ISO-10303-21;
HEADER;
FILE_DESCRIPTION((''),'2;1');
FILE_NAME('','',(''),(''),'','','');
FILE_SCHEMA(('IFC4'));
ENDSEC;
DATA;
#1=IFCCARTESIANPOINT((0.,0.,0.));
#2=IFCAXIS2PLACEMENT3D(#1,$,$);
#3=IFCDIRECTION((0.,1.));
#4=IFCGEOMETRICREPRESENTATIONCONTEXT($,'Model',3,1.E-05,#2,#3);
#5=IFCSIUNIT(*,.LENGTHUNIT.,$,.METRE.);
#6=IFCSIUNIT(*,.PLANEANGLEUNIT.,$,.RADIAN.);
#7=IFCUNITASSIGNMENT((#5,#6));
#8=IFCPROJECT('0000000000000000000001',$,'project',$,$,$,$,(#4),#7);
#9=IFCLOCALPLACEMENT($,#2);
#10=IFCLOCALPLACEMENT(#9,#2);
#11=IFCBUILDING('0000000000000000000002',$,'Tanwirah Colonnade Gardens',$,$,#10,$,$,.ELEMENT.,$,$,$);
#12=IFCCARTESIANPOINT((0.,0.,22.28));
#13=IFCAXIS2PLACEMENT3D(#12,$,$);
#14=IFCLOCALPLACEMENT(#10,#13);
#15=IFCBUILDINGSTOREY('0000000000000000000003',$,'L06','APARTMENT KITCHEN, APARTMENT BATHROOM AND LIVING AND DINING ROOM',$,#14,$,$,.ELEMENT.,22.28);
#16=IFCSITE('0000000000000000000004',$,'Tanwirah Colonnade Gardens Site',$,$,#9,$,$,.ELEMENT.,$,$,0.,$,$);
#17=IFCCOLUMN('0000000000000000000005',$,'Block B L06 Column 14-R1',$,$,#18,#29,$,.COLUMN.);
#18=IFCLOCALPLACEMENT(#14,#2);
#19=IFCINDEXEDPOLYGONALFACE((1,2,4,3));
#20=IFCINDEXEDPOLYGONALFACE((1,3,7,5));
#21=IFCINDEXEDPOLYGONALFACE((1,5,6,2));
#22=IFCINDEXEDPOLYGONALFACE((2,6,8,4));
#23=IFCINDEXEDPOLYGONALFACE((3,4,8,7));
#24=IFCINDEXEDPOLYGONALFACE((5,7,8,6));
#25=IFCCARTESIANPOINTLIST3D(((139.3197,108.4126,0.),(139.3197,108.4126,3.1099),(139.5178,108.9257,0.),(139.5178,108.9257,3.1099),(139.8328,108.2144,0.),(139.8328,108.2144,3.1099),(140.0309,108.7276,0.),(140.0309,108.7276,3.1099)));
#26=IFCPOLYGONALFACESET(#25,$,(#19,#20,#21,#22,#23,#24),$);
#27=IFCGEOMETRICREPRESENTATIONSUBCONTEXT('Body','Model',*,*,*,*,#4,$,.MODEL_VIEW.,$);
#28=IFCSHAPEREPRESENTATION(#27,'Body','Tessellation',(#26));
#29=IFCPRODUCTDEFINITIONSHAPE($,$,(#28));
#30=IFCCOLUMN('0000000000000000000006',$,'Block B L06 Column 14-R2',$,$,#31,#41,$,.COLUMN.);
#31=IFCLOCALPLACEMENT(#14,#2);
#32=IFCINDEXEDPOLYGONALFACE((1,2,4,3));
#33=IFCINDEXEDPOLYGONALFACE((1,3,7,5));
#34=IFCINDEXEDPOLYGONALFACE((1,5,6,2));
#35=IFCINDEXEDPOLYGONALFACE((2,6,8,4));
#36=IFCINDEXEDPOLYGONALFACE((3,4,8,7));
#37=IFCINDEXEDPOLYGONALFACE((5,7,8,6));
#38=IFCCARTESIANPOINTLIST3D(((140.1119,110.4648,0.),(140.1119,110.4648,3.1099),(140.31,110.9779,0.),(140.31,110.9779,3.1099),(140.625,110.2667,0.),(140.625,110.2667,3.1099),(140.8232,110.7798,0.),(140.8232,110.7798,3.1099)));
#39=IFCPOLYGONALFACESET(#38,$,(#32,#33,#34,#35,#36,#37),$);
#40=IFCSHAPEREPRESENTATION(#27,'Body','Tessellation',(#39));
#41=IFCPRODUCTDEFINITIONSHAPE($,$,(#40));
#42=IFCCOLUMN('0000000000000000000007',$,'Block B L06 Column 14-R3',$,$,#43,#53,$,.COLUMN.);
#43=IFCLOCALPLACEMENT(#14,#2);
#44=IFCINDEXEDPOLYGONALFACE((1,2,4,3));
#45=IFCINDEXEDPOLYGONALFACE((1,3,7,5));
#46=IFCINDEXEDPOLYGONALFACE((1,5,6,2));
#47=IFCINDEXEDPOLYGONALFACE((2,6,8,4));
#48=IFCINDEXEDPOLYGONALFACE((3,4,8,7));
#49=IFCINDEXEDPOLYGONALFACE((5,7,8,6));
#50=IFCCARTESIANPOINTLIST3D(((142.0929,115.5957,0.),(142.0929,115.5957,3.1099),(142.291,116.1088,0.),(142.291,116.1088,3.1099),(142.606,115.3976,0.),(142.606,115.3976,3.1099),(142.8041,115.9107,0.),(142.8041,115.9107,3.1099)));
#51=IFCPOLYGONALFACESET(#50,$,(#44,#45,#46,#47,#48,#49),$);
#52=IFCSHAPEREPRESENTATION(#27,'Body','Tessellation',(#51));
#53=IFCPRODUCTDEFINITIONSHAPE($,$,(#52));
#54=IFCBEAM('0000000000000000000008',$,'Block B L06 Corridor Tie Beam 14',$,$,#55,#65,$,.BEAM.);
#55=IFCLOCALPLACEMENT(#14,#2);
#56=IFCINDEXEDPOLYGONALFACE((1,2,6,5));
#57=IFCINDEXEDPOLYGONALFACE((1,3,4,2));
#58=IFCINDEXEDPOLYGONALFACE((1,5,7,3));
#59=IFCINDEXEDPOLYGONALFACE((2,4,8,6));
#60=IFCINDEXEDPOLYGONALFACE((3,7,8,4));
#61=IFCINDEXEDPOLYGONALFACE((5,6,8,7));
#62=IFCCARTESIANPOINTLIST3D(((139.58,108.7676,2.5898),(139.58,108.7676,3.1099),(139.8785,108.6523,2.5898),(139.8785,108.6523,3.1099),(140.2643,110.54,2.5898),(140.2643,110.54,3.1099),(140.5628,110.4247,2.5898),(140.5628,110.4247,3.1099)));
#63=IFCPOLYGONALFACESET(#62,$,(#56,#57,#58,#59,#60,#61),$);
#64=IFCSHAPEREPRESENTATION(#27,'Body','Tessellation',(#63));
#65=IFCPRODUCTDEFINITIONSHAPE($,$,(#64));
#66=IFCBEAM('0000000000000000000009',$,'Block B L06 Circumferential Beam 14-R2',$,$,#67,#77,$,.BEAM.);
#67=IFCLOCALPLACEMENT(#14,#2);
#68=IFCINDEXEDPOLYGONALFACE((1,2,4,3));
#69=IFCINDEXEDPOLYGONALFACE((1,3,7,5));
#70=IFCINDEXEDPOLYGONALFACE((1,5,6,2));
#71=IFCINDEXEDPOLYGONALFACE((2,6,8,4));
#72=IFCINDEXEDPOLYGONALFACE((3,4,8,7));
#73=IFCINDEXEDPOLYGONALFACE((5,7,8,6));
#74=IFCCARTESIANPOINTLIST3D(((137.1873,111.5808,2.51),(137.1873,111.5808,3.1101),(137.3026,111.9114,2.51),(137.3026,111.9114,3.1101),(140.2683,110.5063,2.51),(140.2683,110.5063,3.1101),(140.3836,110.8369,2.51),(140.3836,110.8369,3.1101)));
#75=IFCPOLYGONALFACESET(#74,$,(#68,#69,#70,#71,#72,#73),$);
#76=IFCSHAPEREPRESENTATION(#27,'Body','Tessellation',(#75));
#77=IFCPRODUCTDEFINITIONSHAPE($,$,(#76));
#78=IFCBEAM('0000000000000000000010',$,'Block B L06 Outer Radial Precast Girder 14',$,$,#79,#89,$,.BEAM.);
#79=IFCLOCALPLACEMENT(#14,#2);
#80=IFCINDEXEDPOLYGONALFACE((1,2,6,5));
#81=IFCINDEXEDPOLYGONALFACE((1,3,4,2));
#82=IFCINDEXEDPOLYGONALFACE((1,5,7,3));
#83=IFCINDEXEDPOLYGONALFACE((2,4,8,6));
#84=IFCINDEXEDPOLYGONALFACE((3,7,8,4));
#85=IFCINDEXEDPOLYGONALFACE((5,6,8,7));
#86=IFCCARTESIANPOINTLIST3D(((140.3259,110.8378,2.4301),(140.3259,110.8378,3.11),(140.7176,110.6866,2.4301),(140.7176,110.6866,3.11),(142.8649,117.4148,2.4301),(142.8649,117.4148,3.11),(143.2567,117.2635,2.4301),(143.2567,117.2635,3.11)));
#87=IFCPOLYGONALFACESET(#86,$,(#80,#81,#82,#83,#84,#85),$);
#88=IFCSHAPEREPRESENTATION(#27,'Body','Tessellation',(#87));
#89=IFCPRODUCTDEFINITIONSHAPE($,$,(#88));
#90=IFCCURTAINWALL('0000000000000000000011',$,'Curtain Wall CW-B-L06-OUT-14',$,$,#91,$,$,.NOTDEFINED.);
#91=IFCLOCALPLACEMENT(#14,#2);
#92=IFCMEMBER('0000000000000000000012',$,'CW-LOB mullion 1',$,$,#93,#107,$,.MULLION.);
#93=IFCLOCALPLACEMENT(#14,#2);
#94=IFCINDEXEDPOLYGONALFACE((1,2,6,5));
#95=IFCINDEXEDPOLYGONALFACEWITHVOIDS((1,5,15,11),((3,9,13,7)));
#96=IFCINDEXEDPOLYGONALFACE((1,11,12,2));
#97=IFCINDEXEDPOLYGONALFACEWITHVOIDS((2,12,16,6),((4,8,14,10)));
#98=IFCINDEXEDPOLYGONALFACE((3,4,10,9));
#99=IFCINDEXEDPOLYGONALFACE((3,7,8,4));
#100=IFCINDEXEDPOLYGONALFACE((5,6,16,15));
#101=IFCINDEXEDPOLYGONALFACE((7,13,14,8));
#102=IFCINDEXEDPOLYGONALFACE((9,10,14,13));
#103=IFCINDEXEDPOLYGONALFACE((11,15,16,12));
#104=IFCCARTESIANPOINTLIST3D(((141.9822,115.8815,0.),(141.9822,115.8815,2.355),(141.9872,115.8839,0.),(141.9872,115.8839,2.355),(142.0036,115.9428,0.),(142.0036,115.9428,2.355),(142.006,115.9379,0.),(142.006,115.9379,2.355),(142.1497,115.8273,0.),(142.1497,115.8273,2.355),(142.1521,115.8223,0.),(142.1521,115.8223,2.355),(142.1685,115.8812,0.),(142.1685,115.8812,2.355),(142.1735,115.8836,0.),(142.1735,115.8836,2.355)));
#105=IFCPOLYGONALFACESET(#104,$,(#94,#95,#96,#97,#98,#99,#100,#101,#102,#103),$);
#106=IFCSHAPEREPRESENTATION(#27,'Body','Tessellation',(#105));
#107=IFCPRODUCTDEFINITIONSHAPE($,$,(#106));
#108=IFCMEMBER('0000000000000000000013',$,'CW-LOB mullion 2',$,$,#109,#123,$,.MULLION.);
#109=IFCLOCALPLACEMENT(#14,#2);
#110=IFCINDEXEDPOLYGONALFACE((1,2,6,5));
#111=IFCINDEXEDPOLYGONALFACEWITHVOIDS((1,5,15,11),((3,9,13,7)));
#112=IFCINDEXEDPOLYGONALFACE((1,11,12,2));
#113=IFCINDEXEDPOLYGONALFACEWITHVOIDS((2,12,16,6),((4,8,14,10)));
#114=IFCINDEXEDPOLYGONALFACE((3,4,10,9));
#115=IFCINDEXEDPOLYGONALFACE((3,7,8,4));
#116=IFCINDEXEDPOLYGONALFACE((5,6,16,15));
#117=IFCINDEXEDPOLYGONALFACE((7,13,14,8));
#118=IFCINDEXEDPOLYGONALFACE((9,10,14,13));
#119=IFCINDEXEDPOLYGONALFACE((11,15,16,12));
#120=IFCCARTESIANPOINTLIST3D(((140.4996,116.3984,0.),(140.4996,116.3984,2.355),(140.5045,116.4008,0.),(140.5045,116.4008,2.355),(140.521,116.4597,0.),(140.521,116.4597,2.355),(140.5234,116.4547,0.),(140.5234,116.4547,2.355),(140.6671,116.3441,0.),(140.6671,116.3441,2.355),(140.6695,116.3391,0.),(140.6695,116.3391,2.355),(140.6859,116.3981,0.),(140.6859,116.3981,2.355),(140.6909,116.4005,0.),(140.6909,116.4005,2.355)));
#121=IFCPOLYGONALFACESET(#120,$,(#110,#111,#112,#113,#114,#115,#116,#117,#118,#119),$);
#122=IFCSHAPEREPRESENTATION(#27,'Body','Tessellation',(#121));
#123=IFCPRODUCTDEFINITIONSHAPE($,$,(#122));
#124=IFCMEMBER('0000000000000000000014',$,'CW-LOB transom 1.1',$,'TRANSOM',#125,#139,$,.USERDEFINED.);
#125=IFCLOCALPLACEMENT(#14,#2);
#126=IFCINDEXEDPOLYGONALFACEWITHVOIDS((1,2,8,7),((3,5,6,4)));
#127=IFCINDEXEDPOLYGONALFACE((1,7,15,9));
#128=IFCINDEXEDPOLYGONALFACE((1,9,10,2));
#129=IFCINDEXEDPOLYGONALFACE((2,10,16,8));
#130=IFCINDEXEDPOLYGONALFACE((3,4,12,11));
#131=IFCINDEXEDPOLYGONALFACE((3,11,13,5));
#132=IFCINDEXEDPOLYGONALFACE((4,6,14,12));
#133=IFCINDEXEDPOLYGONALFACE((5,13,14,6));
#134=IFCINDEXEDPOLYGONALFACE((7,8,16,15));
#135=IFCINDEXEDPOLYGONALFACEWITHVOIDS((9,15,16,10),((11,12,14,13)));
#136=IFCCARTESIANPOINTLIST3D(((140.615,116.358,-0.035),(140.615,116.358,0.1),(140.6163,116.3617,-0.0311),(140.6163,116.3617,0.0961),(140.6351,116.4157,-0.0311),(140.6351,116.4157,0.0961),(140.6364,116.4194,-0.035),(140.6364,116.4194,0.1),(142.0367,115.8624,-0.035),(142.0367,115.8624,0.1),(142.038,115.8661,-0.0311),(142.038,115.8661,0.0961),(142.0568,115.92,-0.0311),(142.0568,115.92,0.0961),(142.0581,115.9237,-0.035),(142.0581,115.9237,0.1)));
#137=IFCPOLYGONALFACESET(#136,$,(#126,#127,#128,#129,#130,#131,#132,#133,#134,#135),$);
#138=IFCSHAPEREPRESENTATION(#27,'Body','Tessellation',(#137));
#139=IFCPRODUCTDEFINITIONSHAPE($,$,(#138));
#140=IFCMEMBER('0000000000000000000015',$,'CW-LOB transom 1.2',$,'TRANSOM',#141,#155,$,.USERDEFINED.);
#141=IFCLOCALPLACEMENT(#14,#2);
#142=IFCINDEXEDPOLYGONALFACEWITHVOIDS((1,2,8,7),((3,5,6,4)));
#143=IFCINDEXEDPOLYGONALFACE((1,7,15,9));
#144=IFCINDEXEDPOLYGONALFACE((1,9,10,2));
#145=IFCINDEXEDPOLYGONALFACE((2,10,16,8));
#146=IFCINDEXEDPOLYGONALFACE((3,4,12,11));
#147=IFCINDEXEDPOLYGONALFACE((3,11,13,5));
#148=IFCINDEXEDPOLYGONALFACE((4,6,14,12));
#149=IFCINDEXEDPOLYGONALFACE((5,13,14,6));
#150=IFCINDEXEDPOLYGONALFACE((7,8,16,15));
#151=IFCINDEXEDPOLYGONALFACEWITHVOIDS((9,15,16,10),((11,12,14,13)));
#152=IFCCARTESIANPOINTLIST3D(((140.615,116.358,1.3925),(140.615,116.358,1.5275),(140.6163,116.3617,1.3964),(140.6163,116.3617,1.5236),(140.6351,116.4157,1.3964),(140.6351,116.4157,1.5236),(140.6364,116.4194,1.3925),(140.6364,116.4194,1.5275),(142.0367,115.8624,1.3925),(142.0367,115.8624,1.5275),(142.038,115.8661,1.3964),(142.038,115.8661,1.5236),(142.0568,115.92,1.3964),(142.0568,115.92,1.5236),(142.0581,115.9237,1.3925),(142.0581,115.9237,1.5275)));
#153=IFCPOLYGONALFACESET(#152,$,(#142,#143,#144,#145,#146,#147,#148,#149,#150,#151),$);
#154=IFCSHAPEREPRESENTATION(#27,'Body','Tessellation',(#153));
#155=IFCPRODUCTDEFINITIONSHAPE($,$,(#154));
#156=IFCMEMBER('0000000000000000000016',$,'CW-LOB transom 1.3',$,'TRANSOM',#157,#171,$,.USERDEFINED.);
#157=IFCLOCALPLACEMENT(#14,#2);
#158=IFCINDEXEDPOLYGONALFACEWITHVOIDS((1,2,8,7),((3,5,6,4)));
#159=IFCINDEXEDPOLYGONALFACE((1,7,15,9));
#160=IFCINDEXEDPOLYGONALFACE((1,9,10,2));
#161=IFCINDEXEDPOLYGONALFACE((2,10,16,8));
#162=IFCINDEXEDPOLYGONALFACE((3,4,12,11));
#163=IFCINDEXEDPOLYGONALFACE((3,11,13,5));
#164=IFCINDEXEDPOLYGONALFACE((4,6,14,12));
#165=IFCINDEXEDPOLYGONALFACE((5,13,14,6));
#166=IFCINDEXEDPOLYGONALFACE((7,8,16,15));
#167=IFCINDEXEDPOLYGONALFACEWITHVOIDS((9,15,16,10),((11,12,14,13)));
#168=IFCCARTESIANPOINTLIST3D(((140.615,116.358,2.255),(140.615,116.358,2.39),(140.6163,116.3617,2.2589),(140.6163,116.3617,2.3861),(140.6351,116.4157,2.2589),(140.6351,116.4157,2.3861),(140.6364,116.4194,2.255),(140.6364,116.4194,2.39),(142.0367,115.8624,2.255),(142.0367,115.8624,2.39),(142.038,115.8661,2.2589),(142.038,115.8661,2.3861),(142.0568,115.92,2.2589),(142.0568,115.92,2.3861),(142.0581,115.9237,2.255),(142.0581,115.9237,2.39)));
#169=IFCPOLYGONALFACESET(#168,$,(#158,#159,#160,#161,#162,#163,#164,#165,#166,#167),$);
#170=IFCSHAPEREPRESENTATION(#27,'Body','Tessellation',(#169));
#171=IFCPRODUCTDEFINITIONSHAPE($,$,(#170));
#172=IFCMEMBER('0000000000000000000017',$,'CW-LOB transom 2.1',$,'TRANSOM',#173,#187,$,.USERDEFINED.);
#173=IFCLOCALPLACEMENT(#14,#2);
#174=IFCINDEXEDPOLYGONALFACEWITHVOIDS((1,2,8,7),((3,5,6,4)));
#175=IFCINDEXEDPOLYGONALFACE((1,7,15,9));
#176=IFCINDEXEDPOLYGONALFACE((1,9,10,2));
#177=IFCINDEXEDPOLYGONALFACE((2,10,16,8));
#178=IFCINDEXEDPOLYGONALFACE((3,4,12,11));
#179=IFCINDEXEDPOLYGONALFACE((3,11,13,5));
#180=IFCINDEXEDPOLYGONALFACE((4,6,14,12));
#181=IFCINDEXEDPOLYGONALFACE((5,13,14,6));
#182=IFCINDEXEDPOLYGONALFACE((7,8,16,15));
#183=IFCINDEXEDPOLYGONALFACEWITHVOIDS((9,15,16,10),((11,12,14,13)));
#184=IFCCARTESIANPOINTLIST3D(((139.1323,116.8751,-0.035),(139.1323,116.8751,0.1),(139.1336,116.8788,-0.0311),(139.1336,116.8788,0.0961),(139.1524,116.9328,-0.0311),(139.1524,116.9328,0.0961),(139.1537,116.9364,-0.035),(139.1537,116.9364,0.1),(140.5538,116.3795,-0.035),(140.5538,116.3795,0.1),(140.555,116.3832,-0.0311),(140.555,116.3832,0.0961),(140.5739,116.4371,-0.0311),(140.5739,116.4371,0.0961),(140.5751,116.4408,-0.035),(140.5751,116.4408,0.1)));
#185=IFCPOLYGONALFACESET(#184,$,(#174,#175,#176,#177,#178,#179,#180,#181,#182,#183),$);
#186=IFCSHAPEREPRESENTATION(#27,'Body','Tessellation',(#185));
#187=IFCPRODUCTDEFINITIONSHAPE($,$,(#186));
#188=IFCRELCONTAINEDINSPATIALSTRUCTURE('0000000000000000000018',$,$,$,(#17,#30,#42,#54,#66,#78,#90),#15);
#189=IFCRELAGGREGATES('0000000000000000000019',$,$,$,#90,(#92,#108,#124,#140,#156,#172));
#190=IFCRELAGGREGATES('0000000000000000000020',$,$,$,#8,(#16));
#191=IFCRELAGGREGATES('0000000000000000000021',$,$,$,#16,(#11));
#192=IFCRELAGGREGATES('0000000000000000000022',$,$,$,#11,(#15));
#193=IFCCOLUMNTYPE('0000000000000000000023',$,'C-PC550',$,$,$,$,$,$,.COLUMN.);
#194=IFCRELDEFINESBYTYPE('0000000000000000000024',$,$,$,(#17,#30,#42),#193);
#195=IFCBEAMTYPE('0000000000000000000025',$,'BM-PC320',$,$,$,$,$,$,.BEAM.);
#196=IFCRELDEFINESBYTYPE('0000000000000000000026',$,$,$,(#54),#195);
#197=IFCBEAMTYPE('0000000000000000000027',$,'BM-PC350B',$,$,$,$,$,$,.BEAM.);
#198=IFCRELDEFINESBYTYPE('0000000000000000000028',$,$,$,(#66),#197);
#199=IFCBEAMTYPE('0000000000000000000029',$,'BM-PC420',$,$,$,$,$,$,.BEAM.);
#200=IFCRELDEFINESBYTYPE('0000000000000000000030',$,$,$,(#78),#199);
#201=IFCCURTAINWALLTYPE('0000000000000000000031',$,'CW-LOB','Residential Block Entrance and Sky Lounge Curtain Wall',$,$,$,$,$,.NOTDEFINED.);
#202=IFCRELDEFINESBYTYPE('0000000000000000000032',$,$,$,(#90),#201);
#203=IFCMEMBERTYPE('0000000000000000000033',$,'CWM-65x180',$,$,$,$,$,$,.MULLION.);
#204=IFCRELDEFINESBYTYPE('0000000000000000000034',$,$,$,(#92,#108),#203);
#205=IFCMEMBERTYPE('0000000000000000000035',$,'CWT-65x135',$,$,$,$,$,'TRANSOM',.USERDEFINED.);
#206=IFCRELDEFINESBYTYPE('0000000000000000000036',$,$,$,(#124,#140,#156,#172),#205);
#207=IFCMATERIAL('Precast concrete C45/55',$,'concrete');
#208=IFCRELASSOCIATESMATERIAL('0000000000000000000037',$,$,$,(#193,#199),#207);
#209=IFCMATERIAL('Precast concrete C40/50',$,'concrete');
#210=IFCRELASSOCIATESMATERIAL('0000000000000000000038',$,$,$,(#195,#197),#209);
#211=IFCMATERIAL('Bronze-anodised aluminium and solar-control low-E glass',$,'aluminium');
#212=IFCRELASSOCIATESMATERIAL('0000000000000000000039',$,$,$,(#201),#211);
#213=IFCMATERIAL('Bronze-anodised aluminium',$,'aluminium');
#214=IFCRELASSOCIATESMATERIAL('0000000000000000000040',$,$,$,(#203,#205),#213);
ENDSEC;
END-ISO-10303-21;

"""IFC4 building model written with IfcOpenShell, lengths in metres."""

from ifc_helpers import new_model, si_unit, direction, frame, origin, origin_2d, place, context, subcontext, project, spatial, rectangle, hollow_rectangle, extrude, material, material_profile, profile_set, type_object, element, aggregate, save


model = new_model("IFC4")

# Units and contexts
model_context = context("Model", 3, precision=1e-05, world=origin(), true_north=direction((0.0, 1.0)))
body_context = subcontext(model_context, "Body", "Model", "MODEL_VIEW")
ifc_project = project(units=[si_unit("LENGTHUNIT", "METRE"), si_unit("PLANEANGLEUNIT", "RADIAN")], contexts=[model_context])

# Site, building, storey
site_placement = place(None, origin())
site = spatial("IfcSite", under=ifc_project, at=site_placement, Name="Tanwirah Colonnade Gardens Site", CompositionType="ELEMENT", RefElevation=0.0)
building_placement = place(site_placement, origin())
building = spatial("IfcBuilding", under=site, at=building_placement, Name="Tanwirah Colonnade Gardens", CompositionType="ELEMENT")
storey_placement = place(building_placement, frame((0.0, 0.0, 22.28)))
storey = spatial("IfcBuildingStorey", under=building, at=storey_placement, Name="L06", Description="APARTMENT KITCHEN, APARTMENT BATHROOM AND LIVING AND DINING ROOM", CompositionType="ELEMENT", Elevation=22.28)

# Columns
ifc_material_1 = material(Name="Precast concrete C45/55", Category="concrete")
ifc_material_profile_1 = material_profile(ifc_material_1, rectangle(XDim=0.55, YDim=0.55, at=origin_2d()), Name="PC-COL 550x550")
ifc_profile_set_1 = profile_set([ifc_material_profile_1], Name="Precast concrete C45/55")
column_type = type_object("IfcColumnType", Name="C-PC550", PredefinedType="COLUMN", material=ifc_profile_set_1)
for number, where, z_axis, x_axis, name in (
    (1, (139.6753, 108.5701, 0.0), (0.0, 0.0, 1.0), (0.360178, 0.932884, 0.0), "Block B L06 Column 14-R1"),
    (2, (140.4675, 110.6223, 0.0), (0.0, 0.0, 1.0), (0.360178, 0.932884, 0.0), "Block B L06 Column 14-R2"),
    (3, (142.4485, 115.7532, 0.0), (0.0, 0.0, 1.0), (0.360178, 0.932884, 0.0), "Block B L06 Column 14-R3"),
):
    element("IfcColumn", number, at=place(storey_placement, frame(where, z_axis=z_axis, x_axis=x_axis)), inside=storey, type_object=column_type, Name=name, PredefinedType="COLUMN", context=body_context, shape_type="SweptSolid", body=[
        extrude(rectangle(XDim=0.55, YDim=0.55, at=origin_2d()), origin(), (0.0, 0.0, 1.0), 3.1099),
    ])

# Beams
ifc_material_2 = material(Name="Precast concrete C40/50", Category="concrete")
ifc_material_profile_2 = material_profile(ifc_material_2, rectangle(XDim=0.3201, YDim=0.52, at=origin_2d()), Name="PC-BM 320x520")
ifc_profile_set_2 = profile_set([ifc_material_profile_2], Name="Precast concrete C40/50")
beam_type_1 = type_object("IfcBeamType", Name="BM-PC320", PredefinedType="BEAM", material=ifc_profile_set_2)
beam_1_placement = place(storey_placement, frame((139.7292, 108.71, 2.8499), z_axis=(0.360176, 0.932885, 0.0), x_axis=(-0.932885, 0.360176, 0.0)))
element("IfcBeam", 4, at=beam_1_placement, inside=storey, type_object=beam_type_1, Name="Block B L06 Corridor Tie Beam 14", PredefinedType="BEAM", context=body_context, shape_type="SweptSolid", body=[
    extrude(rectangle(XDim=0.3201, YDim=0.52, at=origin_2d()), origin(), (0.0, 0.0, 1.0), 1.8999),
])
ifc_material_profile_3 = material_profile(ifc_material_2, rectangle(XDim=0.3501, YDim=0.6001, at=origin_2d()), Name="PC-BM 350x600")
ifc_profile_set_3 = profile_set([ifc_material_profile_3], Name="Precast concrete C40/50")
beam_type_2 = type_object("IfcBeamType", Name="BM-PC350B", PredefinedType="BEAM", material=ifc_profile_set_3)
beam_2_placement = place(storey_placement, frame((140.3259, 110.6716, 2.8101), z_axis=(-0.944231, 0.329284, 0.0), x_axis=(-0.329284, -0.944231, 0.0)))
element("IfcBeam", 5, at=beam_2_placement, inside=storey, type_object=beam_type_2, Name="Block B L06 Circumferential Beam 14-R2", PredefinedType="BEAM", context=body_context, shape_type="SweptSolid", body=[
    extrude(rectangle(XDim=0.3501, YDim=0.6001, at=origin_2d()), origin(), (0.0, 0.0, 1.0), 3.2629),
])
ifc_material_profile_4 = material_profile(ifc_material_1, rectangle(XDim=0.4199, YDim=0.6799, at=origin_2d()), Name="PC-BM 420x680")
ifc_profile_set_4 = profile_set([ifc_material_profile_4], Name="Precast concrete C45/55")
beam_type_3 = type_object("IfcBeamType", Name="BM-PC420", PredefinedType="BEAM", material=ifc_profile_set_4)
beam_3_placement = place(storey_placement, frame((140.5217, 110.7622, 2.77), z_axis=(0.360151, 0.932894, 0.0), x_axis=(-0.932894, 0.360151, 0.0)))
element("IfcBeam", 6, at=beam_3_placement, inside=storey, type_object=beam_type_3, Name="Block B L06 Outer Radial Precast Girder 14", PredefinedType="BEAM", context=body_context, shape_type="SweptSolid", body=[
    extrude(rectangle(XDim=0.4199, YDim=0.6799, at=origin_2d()), origin(), (0.0, 0.0, 1.0), 7.05),
])

# Curtain wall, members
ifc_material_3 = material(Name="Bronze-anodised aluminium and solar-control low-E glass", Category="aluminium")
curtain_wall_type = type_object("IfcCurtainWallType", Name="CW-LOB", Description="Residential Block Entrance and Sky Lounge Curtain Wall", PredefinedType="NOTDEFINED", material=ifc_material_3)
curtain_wall_placement = place(storey_placement, origin())
curtain_wall = element("IfcCurtainWall", 7, at=curtain_wall_placement, inside=storey, type_object=curtain_wall_type, Name="Curtain Wall CW-B-L06-OUT-14", PredefinedType="NOTDEFINED")
ifc_material_4 = material(Name="Bronze-anodised aluminium", Category="aluminium")
ifc_material_profile_5 = material_profile(ifc_material_4, hollow_rectangle(XDim=0.0649, YDim=0.1799, WallThickness=0.0039, at=origin_2d()), Name="CW-MUL 65x180x4")
ifc_profile_set_5 = profile_set([ifc_material_profile_5], Name="Bronze-anodised aluminium")
member_type_1 = type_object("IfcMemberType", Name="CWM-65x180", PredefinedType="MULLION", material=ifc_profile_set_5)
member_1_placement = place(storey_placement, frame((142.0779, 115.8826, 0.0), z_axis=(0.0, 0.0, 1.0), x_axis=(-0.329232, -0.944249, 0.0)))
member_1 = element("IfcMember", 8, at=member_1_placement, type_object=member_type_1, Name="CW-LOB mullion 1", PredefinedType="MULLION", context=body_context, shape_type="SweptSolid", body=[
    extrude(hollow_rectangle(XDim=0.0649, YDim=0.1799, WallThickness=0.0039, at=origin_2d()), origin(), (0.0, 0.0, 1.0), 2.355),
])
member_2_placement = place(storey_placement, frame((140.5952, 116.3994, 0.0), z_axis=(0.0, 0.0, 1.0), x_axis=(-0.329232, -0.944249, 0.0)))
member_2 = element("IfcMember", 9, at=member_2_placement, type_object=member_type_1, Name="CW-LOB mullion 2", PredefinedType="MULLION", context=body_context, shape_type="SweptSolid", body=[
    extrude(hollow_rectangle(XDim=0.0649, YDim=0.1799, WallThickness=0.0039, at=origin_2d()), origin(), (0.0, 0.0, 1.0), 2.355),
])
ifc_material_profile_6 = material_profile(ifc_material_4, hollow_rectangle(XDim=0.0649, YDim=0.135, WallThickness=0.0039, at=origin_2d()), Name="CW-TRN 65x135x4")
ifc_profile_set_6 = profile_set([ifc_material_profile_6], Name="Bronze-anodised aluminium")
member_type_2 = type_object("IfcMemberType", Name="CWT-65x135", ElementType="TRANSOM", PredefinedType="USERDEFINED", material=ifc_profile_set_6)
member_3_placement = place(storey_placement, frame((142.0474, 115.8931, 0.0325), z_axis=(-0.944265, 0.329187, 0.0), x_axis=(-0.329187, -0.944265, 0.0)))
member_3 = element("IfcMember", 10, at=member_3_placement, type_object=member_type_2, Name="CW-LOB transom 1.1", ObjectType="TRANSOM", PredefinedType="USERDEFINED", context=body_context, shape_type="SweptSolid", body=[
    extrude(hollow_rectangle(XDim=0.0649, YDim=0.135, WallThickness=0.0039, at=origin_2d()), origin(), (0.0, 0.0, 1.0), 1.5056),
])
member_4_placement = place(storey_placement, frame((142.0474, 115.8931, 1.46), z_axis=(-0.944265, 0.329187, 0.0), x_axis=(-0.329187, -0.944265, 0.0)))
member_4 = element("IfcMember", 11, at=member_4_placement, type_object=member_type_2, Name="CW-LOB transom 1.2", ObjectType="TRANSOM", PredefinedType="USERDEFINED", context=body_context, shape_type="SweptSolid", body=[
    extrude(hollow_rectangle(XDim=0.0649, YDim=0.135, WallThickness=0.0039, at=origin_2d()), origin(), (0.0, 0.0, 1.0), 1.5056),
])
member_5_placement = place(storey_placement, frame((142.0474, 115.8931, 2.3225), z_axis=(-0.944265, 0.329187, 0.0), x_axis=(-0.329187, -0.944265, 0.0)))
member_5 = element("IfcMember", 12, at=member_5_placement, type_object=member_type_2, Name="CW-LOB transom 1.3", ObjectType="TRANSOM", PredefinedType="USERDEFINED", context=body_context, shape_type="SweptSolid", body=[
    extrude(hollow_rectangle(XDim=0.0649, YDim=0.135, WallThickness=0.0039, at=origin_2d()), origin(), (0.0, 0.0, 1.0), 1.5056),
])
member_6_placement = place(storey_placement, frame((140.5645, 116.4102, 0.0325), z_axis=(-0.944247, 0.329238, 0.0), x_axis=(-0.329238, -0.944247, 0.0)))
member_6 = element("IfcMember", 13, at=member_6_placement, type_object=member_type_2, Name="CW-LOB transom 2.1", ObjectType="TRANSOM", PredefinedType="USERDEFINED", context=body_context, shape_type="SweptSolid", body=[
    extrude(hollow_rectangle(XDim=0.0649, YDim=0.135, WallThickness=0.0039, at=origin_2d()), origin(), (0.0, 0.0, 1.0), 1.5054),
])

aggregate(curtain_wall, [member_1, member_2, member_3, member_4, member_5, member_6])

save(model, "model.ifc")
